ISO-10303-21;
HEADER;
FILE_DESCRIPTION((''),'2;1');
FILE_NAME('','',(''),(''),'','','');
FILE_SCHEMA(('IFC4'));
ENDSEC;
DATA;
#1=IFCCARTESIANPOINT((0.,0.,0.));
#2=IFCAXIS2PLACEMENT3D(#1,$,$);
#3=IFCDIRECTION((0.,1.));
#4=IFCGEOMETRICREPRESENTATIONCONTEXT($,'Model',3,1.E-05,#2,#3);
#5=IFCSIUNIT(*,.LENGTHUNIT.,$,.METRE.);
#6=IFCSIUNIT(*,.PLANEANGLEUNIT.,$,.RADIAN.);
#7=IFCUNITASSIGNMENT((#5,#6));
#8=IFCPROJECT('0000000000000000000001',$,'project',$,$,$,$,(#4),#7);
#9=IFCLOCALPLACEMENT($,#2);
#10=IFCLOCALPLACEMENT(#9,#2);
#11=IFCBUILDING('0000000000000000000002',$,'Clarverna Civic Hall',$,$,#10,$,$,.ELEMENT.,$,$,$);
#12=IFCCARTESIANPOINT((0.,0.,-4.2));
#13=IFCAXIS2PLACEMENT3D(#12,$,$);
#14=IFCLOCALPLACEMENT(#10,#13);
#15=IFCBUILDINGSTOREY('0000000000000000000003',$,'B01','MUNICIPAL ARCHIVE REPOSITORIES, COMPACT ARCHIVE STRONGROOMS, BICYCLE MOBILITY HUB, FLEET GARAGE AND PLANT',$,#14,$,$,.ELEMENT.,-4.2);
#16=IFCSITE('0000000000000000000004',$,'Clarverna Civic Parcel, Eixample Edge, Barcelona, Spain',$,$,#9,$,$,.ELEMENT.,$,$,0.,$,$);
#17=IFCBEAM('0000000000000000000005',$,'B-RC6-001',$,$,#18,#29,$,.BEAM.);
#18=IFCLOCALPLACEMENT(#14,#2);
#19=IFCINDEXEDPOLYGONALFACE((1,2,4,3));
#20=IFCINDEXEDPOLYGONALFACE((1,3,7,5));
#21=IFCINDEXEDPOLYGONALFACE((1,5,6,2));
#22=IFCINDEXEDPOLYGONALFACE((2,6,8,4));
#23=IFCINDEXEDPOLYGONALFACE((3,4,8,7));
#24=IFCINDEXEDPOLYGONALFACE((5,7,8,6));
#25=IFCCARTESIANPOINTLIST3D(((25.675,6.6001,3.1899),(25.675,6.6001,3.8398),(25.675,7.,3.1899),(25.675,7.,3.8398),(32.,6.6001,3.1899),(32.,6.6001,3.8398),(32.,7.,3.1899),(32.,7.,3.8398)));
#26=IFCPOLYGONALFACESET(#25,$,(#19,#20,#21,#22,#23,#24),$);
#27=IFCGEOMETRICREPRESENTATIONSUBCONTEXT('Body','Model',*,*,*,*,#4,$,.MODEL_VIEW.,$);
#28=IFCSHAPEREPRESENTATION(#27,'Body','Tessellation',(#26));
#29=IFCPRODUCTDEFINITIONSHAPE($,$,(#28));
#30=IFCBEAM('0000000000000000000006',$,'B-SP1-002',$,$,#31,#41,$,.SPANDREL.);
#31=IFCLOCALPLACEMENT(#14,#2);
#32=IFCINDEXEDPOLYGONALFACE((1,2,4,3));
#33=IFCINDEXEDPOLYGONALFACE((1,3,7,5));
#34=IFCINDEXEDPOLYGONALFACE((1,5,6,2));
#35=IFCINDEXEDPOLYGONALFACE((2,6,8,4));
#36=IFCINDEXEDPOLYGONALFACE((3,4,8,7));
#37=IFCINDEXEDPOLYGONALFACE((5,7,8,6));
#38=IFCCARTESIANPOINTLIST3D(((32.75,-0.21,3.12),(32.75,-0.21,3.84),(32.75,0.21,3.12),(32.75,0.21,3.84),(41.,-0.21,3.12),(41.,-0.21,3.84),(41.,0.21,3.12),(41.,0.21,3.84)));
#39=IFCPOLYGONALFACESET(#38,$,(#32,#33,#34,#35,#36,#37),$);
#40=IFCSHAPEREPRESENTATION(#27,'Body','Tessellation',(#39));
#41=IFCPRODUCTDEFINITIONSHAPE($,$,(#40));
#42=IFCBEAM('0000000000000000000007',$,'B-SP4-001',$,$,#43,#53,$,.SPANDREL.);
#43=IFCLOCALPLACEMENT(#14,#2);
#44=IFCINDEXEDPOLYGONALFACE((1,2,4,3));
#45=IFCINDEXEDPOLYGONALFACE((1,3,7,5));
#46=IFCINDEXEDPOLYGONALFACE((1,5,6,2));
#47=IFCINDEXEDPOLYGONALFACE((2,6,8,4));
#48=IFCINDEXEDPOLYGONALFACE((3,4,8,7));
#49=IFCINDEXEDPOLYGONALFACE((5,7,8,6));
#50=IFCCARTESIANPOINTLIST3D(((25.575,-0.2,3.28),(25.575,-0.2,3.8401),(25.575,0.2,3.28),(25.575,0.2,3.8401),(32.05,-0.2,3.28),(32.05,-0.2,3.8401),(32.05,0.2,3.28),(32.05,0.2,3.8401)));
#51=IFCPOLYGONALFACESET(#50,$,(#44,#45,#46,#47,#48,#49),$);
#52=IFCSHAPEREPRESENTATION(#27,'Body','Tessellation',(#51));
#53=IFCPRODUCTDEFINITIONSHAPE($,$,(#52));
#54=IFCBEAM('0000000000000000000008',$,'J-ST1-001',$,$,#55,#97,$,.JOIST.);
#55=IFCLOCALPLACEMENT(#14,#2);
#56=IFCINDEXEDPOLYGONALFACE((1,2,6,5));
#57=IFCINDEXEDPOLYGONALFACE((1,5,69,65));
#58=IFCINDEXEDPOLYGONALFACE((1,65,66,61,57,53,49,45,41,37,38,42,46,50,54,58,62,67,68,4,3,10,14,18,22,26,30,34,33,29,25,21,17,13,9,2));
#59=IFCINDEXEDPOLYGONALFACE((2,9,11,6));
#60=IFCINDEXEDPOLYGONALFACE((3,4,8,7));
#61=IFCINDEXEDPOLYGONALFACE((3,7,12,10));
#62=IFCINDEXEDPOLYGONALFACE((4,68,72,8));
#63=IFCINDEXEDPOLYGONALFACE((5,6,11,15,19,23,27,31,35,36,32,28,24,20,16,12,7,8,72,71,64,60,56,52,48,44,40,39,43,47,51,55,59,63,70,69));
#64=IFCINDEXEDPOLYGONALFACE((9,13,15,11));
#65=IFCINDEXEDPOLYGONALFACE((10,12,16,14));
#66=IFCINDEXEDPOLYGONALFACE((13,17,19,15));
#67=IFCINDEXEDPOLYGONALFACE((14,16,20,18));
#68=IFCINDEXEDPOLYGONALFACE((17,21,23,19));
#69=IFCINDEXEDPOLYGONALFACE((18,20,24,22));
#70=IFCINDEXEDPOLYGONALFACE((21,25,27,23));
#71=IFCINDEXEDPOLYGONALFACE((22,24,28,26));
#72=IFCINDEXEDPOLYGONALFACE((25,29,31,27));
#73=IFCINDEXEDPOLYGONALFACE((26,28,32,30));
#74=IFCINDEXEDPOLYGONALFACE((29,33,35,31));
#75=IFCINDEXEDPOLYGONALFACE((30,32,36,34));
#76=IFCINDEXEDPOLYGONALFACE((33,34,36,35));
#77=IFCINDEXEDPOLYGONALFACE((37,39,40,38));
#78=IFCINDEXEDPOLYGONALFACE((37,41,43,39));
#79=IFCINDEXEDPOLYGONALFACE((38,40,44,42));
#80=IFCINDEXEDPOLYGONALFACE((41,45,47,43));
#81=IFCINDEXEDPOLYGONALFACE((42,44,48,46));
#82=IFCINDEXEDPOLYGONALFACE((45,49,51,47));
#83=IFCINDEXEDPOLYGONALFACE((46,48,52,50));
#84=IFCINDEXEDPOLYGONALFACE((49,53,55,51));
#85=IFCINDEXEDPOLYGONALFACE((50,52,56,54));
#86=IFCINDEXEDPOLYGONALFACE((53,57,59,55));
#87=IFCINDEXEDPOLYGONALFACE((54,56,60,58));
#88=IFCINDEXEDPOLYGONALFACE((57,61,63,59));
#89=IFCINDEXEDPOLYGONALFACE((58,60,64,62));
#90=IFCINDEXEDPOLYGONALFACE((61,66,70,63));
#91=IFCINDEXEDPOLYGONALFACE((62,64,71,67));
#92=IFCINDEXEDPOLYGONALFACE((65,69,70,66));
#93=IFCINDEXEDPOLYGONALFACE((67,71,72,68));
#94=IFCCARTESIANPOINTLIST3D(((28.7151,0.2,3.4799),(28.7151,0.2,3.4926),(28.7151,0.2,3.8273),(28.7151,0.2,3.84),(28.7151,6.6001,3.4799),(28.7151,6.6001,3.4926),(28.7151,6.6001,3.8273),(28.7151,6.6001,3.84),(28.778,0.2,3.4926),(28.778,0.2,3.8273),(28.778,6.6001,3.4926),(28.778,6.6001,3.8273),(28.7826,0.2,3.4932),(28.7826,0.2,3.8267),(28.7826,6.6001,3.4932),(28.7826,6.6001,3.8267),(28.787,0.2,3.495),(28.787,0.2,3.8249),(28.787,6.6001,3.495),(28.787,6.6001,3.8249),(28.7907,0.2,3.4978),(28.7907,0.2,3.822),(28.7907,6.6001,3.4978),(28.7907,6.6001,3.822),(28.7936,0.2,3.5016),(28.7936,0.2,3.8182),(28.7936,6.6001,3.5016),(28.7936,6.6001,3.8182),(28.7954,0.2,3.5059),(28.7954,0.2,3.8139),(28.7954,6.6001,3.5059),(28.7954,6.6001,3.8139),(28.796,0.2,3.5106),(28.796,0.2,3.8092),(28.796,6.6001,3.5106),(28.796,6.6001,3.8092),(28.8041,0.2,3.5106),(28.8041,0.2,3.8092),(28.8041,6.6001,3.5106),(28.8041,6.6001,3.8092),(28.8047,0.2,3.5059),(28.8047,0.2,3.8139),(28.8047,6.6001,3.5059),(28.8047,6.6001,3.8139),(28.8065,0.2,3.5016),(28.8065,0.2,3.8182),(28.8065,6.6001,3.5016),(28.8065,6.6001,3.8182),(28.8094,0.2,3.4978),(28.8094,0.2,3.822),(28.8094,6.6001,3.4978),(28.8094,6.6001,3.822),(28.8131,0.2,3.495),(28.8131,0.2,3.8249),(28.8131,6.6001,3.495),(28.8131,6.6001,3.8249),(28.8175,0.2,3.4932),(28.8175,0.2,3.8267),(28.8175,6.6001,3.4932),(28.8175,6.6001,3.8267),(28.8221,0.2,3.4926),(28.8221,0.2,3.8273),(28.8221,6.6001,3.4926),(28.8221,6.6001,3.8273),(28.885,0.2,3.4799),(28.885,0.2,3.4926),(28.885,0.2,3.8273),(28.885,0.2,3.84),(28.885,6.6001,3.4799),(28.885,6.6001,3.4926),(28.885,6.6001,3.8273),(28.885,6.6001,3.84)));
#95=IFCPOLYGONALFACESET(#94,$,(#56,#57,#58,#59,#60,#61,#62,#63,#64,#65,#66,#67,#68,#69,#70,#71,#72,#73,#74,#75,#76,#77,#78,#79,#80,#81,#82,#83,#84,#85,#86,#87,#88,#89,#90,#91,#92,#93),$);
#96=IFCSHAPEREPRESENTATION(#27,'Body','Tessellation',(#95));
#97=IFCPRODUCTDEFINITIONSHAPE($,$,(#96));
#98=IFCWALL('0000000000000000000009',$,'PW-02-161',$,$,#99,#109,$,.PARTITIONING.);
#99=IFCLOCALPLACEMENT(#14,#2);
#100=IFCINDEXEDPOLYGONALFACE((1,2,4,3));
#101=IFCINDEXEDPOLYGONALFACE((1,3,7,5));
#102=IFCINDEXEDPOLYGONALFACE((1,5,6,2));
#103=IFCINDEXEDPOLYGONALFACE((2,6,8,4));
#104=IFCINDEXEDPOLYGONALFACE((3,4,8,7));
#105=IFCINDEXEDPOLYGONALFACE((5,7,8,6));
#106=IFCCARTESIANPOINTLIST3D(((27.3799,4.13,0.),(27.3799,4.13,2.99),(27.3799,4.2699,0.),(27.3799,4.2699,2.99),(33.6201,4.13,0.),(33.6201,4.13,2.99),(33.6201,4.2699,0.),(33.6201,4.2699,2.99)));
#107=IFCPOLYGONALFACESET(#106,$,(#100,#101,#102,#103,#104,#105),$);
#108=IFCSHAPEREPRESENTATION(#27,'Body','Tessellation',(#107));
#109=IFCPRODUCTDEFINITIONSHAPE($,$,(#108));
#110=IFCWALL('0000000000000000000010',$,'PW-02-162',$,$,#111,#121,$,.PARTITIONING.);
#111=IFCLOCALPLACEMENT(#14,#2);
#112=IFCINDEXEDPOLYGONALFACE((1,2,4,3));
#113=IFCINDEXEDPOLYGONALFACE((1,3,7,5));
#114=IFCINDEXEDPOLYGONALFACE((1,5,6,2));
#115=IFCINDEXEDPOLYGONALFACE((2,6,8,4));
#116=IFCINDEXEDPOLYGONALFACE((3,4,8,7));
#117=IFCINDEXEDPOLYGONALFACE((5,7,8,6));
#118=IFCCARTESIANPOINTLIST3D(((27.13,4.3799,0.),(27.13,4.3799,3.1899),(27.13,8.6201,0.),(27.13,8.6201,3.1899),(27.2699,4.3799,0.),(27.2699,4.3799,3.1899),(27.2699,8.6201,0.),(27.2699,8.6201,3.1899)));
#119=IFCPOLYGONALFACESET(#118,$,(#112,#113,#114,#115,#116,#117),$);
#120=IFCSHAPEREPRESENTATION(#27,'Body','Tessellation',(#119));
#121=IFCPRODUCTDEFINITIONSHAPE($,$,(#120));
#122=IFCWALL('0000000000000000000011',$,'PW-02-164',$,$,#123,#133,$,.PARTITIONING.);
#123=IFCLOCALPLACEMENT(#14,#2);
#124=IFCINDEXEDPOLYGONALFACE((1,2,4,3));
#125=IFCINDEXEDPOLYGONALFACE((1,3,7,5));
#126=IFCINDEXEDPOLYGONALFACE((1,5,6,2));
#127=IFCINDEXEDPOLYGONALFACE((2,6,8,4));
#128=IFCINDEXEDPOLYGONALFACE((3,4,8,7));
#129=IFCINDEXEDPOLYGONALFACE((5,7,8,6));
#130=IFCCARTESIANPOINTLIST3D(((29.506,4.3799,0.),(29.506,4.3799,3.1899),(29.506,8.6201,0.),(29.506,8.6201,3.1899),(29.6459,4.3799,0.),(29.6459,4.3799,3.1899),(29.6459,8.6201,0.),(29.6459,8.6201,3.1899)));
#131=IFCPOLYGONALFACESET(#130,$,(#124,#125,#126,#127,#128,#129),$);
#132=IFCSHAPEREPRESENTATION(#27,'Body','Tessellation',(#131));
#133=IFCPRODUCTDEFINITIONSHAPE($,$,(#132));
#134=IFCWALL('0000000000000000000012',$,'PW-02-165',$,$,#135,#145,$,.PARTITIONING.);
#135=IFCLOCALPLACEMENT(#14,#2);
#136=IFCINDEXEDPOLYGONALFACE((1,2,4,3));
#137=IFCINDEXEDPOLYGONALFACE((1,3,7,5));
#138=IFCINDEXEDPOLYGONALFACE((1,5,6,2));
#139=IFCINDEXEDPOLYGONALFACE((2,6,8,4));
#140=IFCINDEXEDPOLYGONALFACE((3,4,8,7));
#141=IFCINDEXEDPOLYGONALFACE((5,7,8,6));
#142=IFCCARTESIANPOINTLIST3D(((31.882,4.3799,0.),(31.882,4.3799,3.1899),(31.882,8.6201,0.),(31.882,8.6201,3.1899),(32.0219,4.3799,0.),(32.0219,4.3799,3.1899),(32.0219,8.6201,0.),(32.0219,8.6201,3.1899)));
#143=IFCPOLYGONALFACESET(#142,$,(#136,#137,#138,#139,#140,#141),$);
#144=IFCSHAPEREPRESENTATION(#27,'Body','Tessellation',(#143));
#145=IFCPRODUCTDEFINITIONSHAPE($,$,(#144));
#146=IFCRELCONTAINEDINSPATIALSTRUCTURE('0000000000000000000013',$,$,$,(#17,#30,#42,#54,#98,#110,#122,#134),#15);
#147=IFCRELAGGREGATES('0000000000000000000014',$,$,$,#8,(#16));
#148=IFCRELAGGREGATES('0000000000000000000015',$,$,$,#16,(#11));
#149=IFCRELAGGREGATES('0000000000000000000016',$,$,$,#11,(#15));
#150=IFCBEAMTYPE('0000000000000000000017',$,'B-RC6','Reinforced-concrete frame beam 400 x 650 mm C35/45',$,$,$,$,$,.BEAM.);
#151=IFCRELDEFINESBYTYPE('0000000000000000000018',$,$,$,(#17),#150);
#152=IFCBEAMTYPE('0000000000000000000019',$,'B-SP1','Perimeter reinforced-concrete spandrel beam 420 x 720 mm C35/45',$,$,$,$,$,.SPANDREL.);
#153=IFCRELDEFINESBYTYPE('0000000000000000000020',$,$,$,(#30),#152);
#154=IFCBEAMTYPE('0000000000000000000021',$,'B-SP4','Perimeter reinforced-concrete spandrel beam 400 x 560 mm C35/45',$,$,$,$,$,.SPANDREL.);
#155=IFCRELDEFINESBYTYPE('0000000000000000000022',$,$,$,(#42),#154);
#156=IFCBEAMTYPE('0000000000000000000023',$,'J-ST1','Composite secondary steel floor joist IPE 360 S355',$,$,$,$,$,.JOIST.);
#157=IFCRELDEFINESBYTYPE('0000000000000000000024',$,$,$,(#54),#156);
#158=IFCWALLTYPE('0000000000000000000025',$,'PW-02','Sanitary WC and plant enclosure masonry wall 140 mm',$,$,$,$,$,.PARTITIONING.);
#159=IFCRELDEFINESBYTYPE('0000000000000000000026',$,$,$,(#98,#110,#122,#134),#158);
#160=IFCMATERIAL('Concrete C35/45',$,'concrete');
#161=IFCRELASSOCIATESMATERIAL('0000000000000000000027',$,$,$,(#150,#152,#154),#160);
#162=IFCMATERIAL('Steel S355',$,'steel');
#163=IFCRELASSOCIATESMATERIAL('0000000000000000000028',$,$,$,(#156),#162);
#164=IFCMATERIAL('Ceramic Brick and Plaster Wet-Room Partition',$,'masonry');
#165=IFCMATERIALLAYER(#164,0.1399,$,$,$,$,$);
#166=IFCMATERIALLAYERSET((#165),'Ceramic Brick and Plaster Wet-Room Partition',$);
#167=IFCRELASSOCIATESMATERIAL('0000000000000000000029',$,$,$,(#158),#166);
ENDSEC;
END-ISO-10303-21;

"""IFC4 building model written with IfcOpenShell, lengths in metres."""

from ifc_helpers import new_model, si_unit, direction, frame, frame_2d, origin, origin_2d, place, context, subcontext, project, spatial, rectangle, i_section, extrude, material, layer, layer_set, material_profile, profile_set, type_object, element, save


model = new_model("IFC4")

# Units and contexts
model_context = context("Model", 3, precision=1e-05, world=origin(), true_north=direction((0.0, 1.0)))
body_context = subcontext(model_context, "Body", "Model", "MODEL_VIEW")
ifc_project = project(units=[si_unit("LENGTHUNIT", "METRE"), si_unit("PLANEANGLEUNIT", "RADIAN")], contexts=[model_context])

# Site, building, storey
site_placement = place(None, origin())
site = spatial("IfcSite", under=ifc_project, at=site_placement, Name="Clarverna Civic Parcel, Eixample Edge, Barcelona, Spain", CompositionType="ELEMENT", RefElevation=0.0)
building_placement = place(site_placement, origin())
building = spatial("IfcBuilding", under=site, at=building_placement, Name="Clarverna Civic Hall", CompositionType="ELEMENT")
storey_placement = place(building_placement, frame((0.0, 0.0, -4.2)))
storey = spatial("IfcBuildingStorey", under=building, at=storey_placement, Name="B01", Description="MUNICIPAL ARCHIVE REPOSITORIES, COMPACT ARCHIVE STRONGROOMS, BICYCLE MOBILITY HUB, FLEET GARAGE AND PLANT", CompositionType="ELEMENT", Elevation=-4.2)

# Beams
ifc_material_1 = material(Name="Concrete C35/45", Category="concrete")
ifc_material_profile_1 = material_profile(ifc_material_1, rectangle(XDim=0.3999, YDim=0.6499, at=origin_2d()), Name="RC 400x650")
ifc_profile_set_1 = profile_set([ifc_material_profile_1], Name="Concrete C35/45")
beam_type_1 = type_object("IfcBeamType", Name="B-RC6", Description="Reinforced-concrete frame beam 400 x 650 mm C35/45", PredefinedType="BEAM", material=ifc_profile_set_1)
beam_1_placement = place(storey_placement, frame((25.675, 6.8, 3.5149), z_axis=(1.0, 0.0, 0.0), x_axis=(0.0, 1.0, 0.0)))
element("IfcBeam", 1, at=beam_1_placement, inside=storey, type_object=beam_type_1, Name="B-RC6-001", PredefinedType="BEAM", context=body_context, shape_type="SweptSolid", body=[
    extrude(rectangle(XDim=0.3999, YDim=0.6499, at=origin_2d()), origin(), (0.0, 0.0, 1.0), 6.325),
])
ifc_material_profile_2 = material_profile(ifc_material_1, rectangle(XDim=0.4199, YDim=0.72, at=origin_2d()), Name="RC 420x720")
ifc_profile_set_2 = profile_set([ifc_material_profile_2], Name="Concrete C35/45")
beam_type_2 = type_object("IfcBeamType", Name="B-SP1", Description="Perimeter reinforced-concrete spandrel beam 420 x 720 mm C35/45", PredefinedType="SPANDREL", material=ifc_profile_set_2)
beam_2_placement = place(storey_placement, frame((32.75, 0.0, 3.48), z_axis=(1.0, 0.0, 0.0), x_axis=(0.0, 1.0, 0.0)))
element("IfcBeam", 2, at=beam_2_placement, inside=storey, type_object=beam_type_2, Name="B-SP1-002", PredefinedType="SPANDREL", context=body_context, shape_type="SweptSolid", body=[
    extrude(rectangle(XDim=0.4199, YDim=0.72, at=origin_2d()), origin(), (0.0, 0.0, 1.0), 8.25),
])
ifc_material_profile_3 = material_profile(ifc_material_1, rectangle(XDim=0.3999, YDim=0.5601, at=origin_2d()), Name="RC 400x560")
ifc_profile_set_3 = profile_set([ifc_material_profile_3], Name="Concrete C35/45")
beam_type_3 = type_object("IfcBeamType", Name="B-SP4", Description="Perimeter reinforced-concrete spandrel beam 400 x 560 mm C35/45", PredefinedType="SPANDREL", material=ifc_profile_set_3)
beam_3_placement = place(storey_placement, frame((25.575, 0.0, 3.5601), z_axis=(1.0, 0.0, 0.0), x_axis=(0.0, 1.0, 0.0)))
element("IfcBeam", 3, at=beam_3_placement, inside=storey, type_object=beam_type_3, Name="B-SP4-001", PredefinedType="SPANDREL", context=body_context, shape_type="SweptSolid", body=[
    extrude(rectangle(XDim=0.3999, YDim=0.5601, at=origin_2d()), origin(), (0.0, 0.0, 1.0), 6.4751),
])
ifc_material_2 = material(Name="Steel S355", Category="steel")
ifc_material_profile_4 = material_profile(ifc_material_2, i_section(OverallWidth=0.1699, OverallDepth=0.3601, WebThickness=0.0081, FlangeThickness=0.0127, FilletRadius=0.0181, at=origin_2d()), Name="IPE 360")
ifc_profile_set_4 = profile_set([ifc_material_profile_4], Name="Steel S355")
beam_type_4 = type_object("IfcBeamType", Name="J-ST1", Description="Composite secondary steel floor joist IPE 360 S355", PredefinedType="JOIST", material=ifc_profile_set_4)
beam_4_placement = place(storey_placement, frame((28.8, 0.2, 3.6599), z_axis=(0.0, 1.0, 0.0), x_axis=(-1.0, 0.0, 0.0)))
element("IfcBeam", 4, at=beam_4_placement, inside=storey, type_object=beam_type_4, Name="J-ST1-001", PredefinedType="JOIST", context=body_context, shape_type="SweptSolid", body=[
    extrude(i_section(OverallWidth=0.1699, OverallDepth=0.3601, WebThickness=0.0081, FlangeThickness=0.0127, FilletRadius=0.0181, at=origin_2d()), origin(), (0.0, 0.0, 1.0), 6.4001),
])

# Walls
ifc_material_3 = material(Name="Ceramic Brick and Plaster Wet-Room Partition", Category="masonry")
ifc_layer = layer(ifc_material_3, 0.1399)
ifc_layer_set = layer_set([ifc_layer], Name="Ceramic Brick and Plaster Wet-Room Partition")
wall_type = type_object("IfcWallType", Name="PW-02", Description="Sanitary WC and plant enclosure masonry wall 140 mm", PredefinedType="PARTITIONING", material=ifc_layer_set)
wall_placement = place(storey_placement, frame((27.3799, 4.2, 0.0), z_axis=(0.0, 0.0, 1.0), x_axis=(1.0, 0.0, 0.0)))
element("IfcWall", 5, at=wall_placement, inside=storey, type_object=wall_type, Name="PW-02-161", PredefinedType="PARTITIONING", context=body_context, shape_type="SweptSolid", body=[
    extrude(rectangle(XDim=6.2402, YDim=0.1399, at=frame_2d((3.1201, 0.0))), origin(), (0.0, 0.0, 1.0), 2.99),
])
for number, where, z_axis, x_axis, name in (
    (6, (27.2, 4.3799, 0.0), (0.0, 0.0, 1.0), (0.0, 1.0, 0.0), "PW-02-162"),
    (7, (29.5759, 4.3799, 0.0), (0.0, 0.0, 1.0), (0.0, 1.0, 0.0), "PW-02-164"),
    (8, (31.9519, 4.3799, 0.0), (0.0, 0.0, 1.0), (0.0, 1.0, 0.0), "PW-02-165"),
):
    element("IfcWall", number, at=place(storey_placement, frame(where, z_axis=z_axis, x_axis=x_axis)), inside=storey, type_object=wall_type, Name=name, PredefinedType="PARTITIONING", context=body_context, shape_type="SweptSolid", body=[
        extrude(rectangle(XDim=4.2402, YDim=0.1399, at=frame_2d((2.1201, 0.0))), origin(), (0.0, 0.0, 1.0), 3.1899),
    ])

save(model, "model.ifc")
